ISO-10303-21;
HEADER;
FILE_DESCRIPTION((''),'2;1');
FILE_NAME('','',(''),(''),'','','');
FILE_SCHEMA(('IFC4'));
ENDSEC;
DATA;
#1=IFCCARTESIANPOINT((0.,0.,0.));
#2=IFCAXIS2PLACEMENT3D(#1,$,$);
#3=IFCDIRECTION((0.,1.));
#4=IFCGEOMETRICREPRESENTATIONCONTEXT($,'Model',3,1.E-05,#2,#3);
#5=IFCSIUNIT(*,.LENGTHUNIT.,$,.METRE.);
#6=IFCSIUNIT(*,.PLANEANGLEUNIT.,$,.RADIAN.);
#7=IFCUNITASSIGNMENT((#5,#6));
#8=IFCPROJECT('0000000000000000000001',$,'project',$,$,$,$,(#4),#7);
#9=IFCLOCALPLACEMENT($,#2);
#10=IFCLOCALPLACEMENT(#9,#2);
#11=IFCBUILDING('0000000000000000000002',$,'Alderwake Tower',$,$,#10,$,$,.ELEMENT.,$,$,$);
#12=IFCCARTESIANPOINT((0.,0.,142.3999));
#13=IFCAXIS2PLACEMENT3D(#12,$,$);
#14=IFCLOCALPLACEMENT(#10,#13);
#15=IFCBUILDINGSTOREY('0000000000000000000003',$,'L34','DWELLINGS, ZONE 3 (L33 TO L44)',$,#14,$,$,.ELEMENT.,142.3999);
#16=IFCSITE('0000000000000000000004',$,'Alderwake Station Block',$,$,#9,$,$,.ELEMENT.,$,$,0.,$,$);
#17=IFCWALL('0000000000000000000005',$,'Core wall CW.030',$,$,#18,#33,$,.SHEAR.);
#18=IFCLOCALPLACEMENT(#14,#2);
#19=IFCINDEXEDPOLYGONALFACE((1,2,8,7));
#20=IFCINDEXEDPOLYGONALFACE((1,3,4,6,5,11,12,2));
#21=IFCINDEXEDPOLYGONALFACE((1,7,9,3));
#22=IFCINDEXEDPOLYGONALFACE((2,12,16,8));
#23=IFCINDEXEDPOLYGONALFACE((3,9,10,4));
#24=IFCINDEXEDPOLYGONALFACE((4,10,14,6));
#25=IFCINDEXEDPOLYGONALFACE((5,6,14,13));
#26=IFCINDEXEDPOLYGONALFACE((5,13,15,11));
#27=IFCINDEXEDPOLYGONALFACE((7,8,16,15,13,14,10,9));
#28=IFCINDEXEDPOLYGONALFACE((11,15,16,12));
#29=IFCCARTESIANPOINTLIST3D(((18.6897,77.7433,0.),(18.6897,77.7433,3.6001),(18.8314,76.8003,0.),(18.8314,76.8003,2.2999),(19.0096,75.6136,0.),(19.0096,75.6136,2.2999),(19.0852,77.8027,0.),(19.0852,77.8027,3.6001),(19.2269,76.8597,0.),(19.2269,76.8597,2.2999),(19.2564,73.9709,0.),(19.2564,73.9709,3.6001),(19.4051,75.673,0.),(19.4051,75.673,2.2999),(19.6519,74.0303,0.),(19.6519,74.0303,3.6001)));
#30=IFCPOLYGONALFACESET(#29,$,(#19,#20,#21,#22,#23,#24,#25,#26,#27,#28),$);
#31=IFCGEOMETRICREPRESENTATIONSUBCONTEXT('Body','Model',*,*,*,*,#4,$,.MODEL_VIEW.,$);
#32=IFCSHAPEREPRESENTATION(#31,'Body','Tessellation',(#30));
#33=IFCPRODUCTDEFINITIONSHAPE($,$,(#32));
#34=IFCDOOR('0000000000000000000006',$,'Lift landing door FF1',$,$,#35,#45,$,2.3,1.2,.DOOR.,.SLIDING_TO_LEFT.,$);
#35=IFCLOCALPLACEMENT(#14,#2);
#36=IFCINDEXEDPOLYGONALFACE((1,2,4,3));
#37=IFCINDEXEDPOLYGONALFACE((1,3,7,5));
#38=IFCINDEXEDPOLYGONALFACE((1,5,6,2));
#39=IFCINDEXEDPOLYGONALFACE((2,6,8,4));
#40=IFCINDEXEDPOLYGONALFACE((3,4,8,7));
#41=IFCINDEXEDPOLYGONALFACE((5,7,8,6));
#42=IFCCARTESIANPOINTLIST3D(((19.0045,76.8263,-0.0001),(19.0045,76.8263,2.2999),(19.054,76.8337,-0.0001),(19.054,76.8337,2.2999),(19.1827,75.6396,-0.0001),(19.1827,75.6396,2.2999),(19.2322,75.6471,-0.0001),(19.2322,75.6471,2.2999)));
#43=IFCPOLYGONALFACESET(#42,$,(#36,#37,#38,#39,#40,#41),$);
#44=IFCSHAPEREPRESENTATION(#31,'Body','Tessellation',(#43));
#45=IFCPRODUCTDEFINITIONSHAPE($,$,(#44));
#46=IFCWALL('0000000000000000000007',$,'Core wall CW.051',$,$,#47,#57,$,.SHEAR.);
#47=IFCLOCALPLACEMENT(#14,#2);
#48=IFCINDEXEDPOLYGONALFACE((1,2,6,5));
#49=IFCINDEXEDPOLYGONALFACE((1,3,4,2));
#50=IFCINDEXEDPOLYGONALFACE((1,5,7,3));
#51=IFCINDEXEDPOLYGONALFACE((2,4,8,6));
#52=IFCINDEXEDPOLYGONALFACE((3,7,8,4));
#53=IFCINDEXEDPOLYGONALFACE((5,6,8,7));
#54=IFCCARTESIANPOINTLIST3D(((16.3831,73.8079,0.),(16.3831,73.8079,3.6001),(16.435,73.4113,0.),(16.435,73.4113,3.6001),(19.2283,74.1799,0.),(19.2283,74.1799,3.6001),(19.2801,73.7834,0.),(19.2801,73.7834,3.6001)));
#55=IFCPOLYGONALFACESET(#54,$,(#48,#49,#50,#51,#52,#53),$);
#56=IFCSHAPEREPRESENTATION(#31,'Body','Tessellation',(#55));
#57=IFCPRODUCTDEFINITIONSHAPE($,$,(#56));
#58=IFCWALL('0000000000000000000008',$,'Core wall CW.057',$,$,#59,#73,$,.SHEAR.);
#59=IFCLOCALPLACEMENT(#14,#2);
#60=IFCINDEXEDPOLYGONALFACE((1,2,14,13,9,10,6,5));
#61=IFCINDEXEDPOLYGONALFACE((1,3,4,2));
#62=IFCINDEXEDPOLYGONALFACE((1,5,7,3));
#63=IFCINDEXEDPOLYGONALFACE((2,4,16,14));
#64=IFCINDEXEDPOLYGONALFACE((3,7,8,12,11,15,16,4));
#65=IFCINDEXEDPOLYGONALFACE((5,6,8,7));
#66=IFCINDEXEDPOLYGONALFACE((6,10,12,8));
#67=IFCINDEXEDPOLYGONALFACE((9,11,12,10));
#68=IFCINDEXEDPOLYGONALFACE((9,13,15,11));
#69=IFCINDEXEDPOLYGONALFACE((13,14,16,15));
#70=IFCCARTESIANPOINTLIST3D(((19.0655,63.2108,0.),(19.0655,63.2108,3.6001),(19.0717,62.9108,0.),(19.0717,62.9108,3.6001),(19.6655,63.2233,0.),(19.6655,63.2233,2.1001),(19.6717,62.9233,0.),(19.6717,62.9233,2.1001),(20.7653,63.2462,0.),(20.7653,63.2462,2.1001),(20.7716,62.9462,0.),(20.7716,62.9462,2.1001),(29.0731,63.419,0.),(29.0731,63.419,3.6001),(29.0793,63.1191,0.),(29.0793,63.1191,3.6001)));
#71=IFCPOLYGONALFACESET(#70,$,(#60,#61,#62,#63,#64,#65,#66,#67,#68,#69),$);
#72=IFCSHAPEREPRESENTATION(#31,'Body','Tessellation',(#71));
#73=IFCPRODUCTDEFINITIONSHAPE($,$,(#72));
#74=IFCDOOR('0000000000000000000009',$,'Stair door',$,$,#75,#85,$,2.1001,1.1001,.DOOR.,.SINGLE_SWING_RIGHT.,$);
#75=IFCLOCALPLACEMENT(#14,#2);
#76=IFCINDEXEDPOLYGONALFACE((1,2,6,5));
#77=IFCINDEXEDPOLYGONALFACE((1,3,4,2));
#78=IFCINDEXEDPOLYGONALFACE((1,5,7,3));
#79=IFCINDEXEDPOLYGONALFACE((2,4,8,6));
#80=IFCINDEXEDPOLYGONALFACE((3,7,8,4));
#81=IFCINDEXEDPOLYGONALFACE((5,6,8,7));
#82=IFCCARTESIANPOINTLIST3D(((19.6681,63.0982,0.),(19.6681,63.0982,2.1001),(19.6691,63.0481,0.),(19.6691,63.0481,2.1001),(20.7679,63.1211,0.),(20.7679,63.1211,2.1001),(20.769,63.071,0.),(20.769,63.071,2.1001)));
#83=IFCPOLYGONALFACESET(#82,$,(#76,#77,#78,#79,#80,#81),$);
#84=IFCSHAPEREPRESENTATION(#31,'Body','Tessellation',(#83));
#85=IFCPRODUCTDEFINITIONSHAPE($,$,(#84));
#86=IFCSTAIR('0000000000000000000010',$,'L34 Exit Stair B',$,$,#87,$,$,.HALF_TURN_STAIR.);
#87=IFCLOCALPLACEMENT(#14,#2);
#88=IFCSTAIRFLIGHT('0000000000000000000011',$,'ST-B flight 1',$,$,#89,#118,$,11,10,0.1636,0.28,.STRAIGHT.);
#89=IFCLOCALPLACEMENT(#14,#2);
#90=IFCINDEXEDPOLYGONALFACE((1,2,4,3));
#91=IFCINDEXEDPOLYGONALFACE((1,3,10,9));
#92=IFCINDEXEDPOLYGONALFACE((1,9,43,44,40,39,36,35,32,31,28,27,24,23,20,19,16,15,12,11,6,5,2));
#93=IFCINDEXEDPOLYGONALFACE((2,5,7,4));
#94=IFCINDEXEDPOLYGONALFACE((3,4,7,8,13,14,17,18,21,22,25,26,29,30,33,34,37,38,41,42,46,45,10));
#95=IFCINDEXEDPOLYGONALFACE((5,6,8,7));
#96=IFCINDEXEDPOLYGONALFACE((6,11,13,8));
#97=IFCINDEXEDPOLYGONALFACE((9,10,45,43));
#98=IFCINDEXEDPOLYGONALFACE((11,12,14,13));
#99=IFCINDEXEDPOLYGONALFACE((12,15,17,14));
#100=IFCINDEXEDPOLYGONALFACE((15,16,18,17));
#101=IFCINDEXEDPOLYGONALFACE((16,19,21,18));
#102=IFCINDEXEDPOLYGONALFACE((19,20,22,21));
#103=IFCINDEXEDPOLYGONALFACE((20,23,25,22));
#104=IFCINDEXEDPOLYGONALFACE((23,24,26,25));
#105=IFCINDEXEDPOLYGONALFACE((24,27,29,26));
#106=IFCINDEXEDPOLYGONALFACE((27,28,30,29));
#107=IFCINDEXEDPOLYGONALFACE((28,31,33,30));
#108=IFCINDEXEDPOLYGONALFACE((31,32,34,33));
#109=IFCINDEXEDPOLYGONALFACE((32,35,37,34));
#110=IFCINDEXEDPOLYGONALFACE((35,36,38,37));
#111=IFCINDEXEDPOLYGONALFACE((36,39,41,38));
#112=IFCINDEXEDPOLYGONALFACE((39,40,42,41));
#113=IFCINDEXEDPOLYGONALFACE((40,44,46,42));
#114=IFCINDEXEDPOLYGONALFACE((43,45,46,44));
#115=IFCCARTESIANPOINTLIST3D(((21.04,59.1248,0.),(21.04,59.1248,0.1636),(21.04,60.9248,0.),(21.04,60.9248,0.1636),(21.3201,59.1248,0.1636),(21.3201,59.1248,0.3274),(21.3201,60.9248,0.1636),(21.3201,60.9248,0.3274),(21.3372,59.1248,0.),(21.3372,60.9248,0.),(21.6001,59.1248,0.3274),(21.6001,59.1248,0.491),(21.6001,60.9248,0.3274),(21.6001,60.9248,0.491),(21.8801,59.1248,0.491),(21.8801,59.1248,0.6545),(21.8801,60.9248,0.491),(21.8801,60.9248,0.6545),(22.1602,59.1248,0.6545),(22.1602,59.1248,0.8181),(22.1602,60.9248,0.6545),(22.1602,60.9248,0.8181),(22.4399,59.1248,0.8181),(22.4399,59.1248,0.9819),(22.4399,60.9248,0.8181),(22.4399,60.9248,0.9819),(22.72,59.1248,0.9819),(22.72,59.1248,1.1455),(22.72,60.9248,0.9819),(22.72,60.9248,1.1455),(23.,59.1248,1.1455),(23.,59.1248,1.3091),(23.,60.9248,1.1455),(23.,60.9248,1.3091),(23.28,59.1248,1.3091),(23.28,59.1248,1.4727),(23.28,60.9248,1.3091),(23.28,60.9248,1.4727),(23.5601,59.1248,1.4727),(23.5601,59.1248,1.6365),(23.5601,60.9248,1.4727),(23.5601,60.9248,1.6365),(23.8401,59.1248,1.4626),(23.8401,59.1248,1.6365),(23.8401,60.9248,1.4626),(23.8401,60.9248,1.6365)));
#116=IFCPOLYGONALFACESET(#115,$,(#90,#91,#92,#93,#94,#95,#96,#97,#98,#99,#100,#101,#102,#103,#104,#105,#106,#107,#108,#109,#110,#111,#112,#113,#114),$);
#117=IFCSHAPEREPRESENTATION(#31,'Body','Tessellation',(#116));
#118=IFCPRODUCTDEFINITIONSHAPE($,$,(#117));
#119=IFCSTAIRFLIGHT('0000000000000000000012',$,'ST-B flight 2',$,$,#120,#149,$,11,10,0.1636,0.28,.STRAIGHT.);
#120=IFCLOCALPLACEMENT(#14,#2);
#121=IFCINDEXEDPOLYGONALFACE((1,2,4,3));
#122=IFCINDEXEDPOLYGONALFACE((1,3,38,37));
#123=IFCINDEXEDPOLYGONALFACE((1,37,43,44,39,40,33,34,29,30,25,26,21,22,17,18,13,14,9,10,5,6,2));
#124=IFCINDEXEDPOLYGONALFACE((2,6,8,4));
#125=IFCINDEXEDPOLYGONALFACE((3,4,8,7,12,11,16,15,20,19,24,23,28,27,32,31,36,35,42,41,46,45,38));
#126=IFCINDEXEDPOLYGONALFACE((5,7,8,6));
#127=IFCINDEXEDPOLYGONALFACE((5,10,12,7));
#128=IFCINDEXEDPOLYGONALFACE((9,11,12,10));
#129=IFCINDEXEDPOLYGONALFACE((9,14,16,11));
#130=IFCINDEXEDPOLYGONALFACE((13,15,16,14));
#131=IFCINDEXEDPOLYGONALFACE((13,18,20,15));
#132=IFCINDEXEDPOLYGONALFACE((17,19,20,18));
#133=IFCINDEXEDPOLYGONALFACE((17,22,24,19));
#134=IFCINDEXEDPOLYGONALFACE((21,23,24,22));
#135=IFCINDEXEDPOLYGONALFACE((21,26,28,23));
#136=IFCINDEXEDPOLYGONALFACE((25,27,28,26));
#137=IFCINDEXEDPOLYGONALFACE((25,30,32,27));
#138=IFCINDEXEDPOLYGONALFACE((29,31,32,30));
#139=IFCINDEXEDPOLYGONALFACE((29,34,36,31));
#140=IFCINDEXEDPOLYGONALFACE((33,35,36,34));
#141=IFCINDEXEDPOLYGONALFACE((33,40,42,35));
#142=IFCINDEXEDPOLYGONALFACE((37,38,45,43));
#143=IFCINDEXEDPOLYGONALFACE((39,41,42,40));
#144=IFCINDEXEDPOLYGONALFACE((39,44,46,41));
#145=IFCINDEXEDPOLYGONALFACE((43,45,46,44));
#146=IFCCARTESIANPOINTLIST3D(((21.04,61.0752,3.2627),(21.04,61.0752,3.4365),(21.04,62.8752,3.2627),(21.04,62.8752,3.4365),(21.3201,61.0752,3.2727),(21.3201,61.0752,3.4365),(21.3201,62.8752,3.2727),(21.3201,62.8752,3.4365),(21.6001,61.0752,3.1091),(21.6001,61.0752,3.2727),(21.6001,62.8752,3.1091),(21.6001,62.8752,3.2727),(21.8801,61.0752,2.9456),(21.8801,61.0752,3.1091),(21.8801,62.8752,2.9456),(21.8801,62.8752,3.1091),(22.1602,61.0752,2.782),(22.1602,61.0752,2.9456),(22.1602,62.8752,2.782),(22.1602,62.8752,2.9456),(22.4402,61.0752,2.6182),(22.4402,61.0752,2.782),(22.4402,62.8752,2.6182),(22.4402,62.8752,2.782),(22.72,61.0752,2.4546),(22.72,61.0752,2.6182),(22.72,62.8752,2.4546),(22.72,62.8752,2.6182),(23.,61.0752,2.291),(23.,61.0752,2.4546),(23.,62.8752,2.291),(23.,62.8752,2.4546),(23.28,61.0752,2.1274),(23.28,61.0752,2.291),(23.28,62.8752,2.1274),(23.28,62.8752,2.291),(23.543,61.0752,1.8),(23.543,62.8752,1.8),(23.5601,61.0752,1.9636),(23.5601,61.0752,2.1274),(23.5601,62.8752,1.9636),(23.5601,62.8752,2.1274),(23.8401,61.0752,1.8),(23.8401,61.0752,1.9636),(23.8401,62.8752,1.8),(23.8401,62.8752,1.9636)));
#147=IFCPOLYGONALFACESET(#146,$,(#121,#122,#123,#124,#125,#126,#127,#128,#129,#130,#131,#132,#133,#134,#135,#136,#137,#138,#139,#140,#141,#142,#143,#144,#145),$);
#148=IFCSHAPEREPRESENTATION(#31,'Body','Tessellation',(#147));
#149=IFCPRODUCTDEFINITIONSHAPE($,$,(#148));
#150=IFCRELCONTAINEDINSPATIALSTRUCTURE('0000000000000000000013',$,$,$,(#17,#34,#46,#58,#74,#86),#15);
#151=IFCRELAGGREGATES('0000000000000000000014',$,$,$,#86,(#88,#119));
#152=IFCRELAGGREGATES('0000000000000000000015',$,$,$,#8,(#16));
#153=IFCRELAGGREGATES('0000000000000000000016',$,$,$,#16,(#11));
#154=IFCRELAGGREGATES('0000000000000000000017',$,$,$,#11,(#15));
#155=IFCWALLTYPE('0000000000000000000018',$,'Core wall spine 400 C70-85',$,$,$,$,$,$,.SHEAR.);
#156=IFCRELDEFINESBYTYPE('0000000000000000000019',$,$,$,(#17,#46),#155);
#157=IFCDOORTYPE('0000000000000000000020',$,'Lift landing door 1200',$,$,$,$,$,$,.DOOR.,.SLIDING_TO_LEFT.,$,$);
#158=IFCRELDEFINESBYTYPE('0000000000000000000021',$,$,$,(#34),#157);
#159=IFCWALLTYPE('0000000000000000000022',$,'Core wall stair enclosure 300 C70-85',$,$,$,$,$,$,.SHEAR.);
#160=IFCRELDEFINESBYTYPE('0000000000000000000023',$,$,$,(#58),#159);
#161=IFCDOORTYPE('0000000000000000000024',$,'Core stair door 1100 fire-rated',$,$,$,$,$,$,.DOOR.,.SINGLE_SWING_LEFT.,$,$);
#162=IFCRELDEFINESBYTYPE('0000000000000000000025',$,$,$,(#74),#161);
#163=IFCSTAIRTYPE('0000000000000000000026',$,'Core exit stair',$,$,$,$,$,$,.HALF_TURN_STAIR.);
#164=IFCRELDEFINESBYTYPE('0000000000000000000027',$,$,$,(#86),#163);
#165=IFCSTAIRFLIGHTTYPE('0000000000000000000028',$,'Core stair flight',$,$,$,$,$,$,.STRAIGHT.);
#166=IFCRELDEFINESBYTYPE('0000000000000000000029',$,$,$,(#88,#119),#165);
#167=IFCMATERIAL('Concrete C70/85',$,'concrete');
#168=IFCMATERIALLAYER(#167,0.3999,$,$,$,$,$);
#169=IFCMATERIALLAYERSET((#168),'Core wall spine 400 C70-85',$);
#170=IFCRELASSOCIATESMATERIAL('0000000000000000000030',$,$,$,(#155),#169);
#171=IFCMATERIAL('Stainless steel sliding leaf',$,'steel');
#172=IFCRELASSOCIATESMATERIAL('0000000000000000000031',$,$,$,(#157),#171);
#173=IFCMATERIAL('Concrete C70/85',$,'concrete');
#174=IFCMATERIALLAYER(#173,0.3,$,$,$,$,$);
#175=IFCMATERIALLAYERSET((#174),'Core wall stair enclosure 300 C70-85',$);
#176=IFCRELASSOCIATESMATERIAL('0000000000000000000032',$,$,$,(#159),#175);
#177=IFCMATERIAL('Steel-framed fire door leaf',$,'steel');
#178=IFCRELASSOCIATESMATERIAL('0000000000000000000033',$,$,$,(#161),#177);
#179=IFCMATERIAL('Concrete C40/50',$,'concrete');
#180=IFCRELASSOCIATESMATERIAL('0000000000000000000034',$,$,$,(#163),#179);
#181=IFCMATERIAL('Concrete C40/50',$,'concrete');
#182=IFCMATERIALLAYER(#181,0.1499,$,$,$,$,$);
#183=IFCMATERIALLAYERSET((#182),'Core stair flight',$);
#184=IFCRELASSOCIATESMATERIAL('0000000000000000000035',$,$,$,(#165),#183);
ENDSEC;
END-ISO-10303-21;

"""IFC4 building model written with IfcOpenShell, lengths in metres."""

from ifc_helpers import new_model, si_unit, direction, frame, frame_2d, origin, place, context, subcontext, project, spatial, polyline, rectangle, outline, extrude, material, layer, layer_set, type_object, element, fill, aggregate, save


model = new_model("IFC4")

# Units and contexts
model_context = context("Model", 3, precision=1e-05, world=origin(), true_north=direction((0.0, 1.0)))
body_context = subcontext(model_context, "Body", "Model", "MODEL_VIEW")
ifc_project = project(units=[si_unit("LENGTHUNIT", "METRE"), si_unit("PLANEANGLEUNIT", "RADIAN")], contexts=[model_context])

# Site, building, storey
site_placement = place(None, origin())
site = spatial("IfcSite", under=ifc_project, at=site_placement, Name="Alderwake Station Block", CompositionType="ELEMENT", RefElevation=0.0)
building_placement = place(site_placement, origin())
building = spatial("IfcBuilding", under=site, at=building_placement, Name="Alderwake Tower", CompositionType="ELEMENT")
storey_placement = place(building_placement, frame((0.0, 0.0, 142.3999)))
storey = spatial("IfcBuildingStorey", under=building, at=storey_placement, Name="L34", Description="DWELLINGS, ZONE 3 (L33 TO L44)", CompositionType="ELEMENT", Elevation=142.3999)

# Shared definitions
ifc_material_1 = material(Name="Concrete C70/85", Category="concrete")
ifc_layer_1 = layer(ifc_material_1, 0.3999)
ifc_layer_set_1 = layer_set([ifc_layer_1], Name="Core wall spine 400 C70-85")
wall_type_1 = type_object("IfcWallType", Name="Core wall spine 400 C70-85", PredefinedType="SHEAR", material=ifc_layer_set_1)

# Wall, opening, door
wall_1_placement = place(storey_placement, frame((19.4541, 74.0007, 0.0), z_axis=(0.0, 0.0, 1.0), x_axis=(-0.148541, 0.988906, 0.0)))
wall_1 = element("IfcWall", 1, at=wall_1_placement, inside=storey, type_object=wall_type_1, Name="Core wall CW.030", PredefinedType="SHEAR", context=body_context, shape_type="SweptSolid", body=[
    extrude(rectangle(XDim=3.8147, YDim=0.3999, at=frame_2d((1.9072, 0.0))), origin(), (0.0, 0.0, 1.0), 3.6001),
])
opening_1_placement = place(wall_1_placement, frame((1.6609, 0.0, 0.0)))
opening_1 = element("IfcOpeningElement", 2, at=opening_1_placement, cuts=wall_1, PredefinedType="OPENING", context=body_context, shape_type="SweptSolid", body=[
    extrude(rectangle(XDim=1.2, YDim=2.3, at=frame_2d((0.6001, 1.1499))), frame((0.0, 0.21, 0.0), z_axis=(0.0, -1.0, 0.0), x_axis=(1.0, 0.0, 0.0)), (0.0, 0.0, 1.0), 0.4199),
])
ifc_material_2 = material(Name="Stainless steel sliding leaf", Category="steel")
door_type_1 = type_object("IfcDoorType", Name="Lift landing door 1200", OperationType="SLIDING_TO_LEFT", PredefinedType="DOOR", material=ifc_material_2)
door_1_placement = place(opening_1_placement, origin())
door_1 = element("IfcDoor", 3, at=door_1_placement, inside=storey, type_object=door_type_1, Name="Lift landing door FF1", OperationType="SLIDING_TO_LEFT", OverallHeight=2.3, OverallWidth=1.2, PredefinedType="DOOR", context=body_context, shape_type="SweptSolid", body=[
    extrude(rectangle(XDim=1.2, YDim=2.3, at=frame_2d((0.6001, 1.1499))), frame((0.0, 0.0249, 0.0), z_axis=(0.0, -1.0, 0.0), x_axis=(1.0, 0.0, 0.0)), (0.0, 0.0, 1.0), 0.05),
])
fill(opening_1, door_1)

# Wall
wall_2_placement = place(storey_placement, frame((16.4092, 73.6096, 0.0), z_axis=(0.0, 0.0, 1.0), x_axis=(0.991558, 0.129667, 0.0)))
element("IfcWall", 4, at=wall_2_placement, inside=storey, type_object=wall_type_1, Name="Core wall CW.051", PredefinedType="SHEAR", context=body_context, shape_type="SweptSolid", body=[
    extrude(rectangle(XDim=2.8694, YDim=0.3999, at=frame_2d((1.4346, 0.0))), origin(), (0.0, 0.0, 1.0), 3.6001),
])

# Wall, opening, door
ifc_material_3 = material(Name="Concrete C70/85", Category="concrete")
ifc_layer_2 = layer(ifc_material_3, 0.3)
ifc_layer_set_2 = layer_set([ifc_layer_2], Name="Core wall stair enclosure 300 C70-85")
wall_type_2 = type_object("IfcWallType", Name="Core wall stair enclosure 300 C70-85", PredefinedType="SHEAR", material=ifc_layer_set_2)
wall_3_placement = place(storey_placement, frame((19.0686, 63.0608, 0.0), z_axis=(0.0, 0.0, 1.0), x_axis=(0.999784, 0.020805, 0.0)))
wall_3 = element("IfcWall", 5, at=wall_3_placement, inside=storey, type_object=wall_type_2, Name="Core wall CW.057", PredefinedType="SHEAR", context=body_context, shape_type="SweptSolid", body=[
    extrude(rectangle(XDim=10.0098, YDim=0.3, at=frame_2d((5.0049, 0.0))), origin(), (0.0, 0.0, 1.0), 3.6001),
])
opening_2_placement = place(wall_3_placement, frame((0.6001, 0.0, 0.0)))
opening_2 = element("IfcOpeningElement", 6, at=opening_2_placement, cuts=wall_3, PredefinedType="OPENING", context=body_context, shape_type="SweptSolid", body=[
    extrude(rectangle(XDim=1.1001, YDim=2.1001, at=frame_2d((0.55, 1.05))), frame((0.0, 0.1599, 0.0), z_axis=(0.0, -1.0, 0.0), x_axis=(1.0, 0.0, 0.0)), (0.0, 0.0, 1.0), 0.3201),
])
ifc_material_4 = material(Name="Steel-framed fire door leaf", Category="steel")
door_type_2 = type_object("IfcDoorType", Name="Core stair door 1100 fire-rated", OperationType="SINGLE_SWING_LEFT", PredefinedType="DOOR", material=ifc_material_4)
door_2_placement = place(opening_2_placement, origin())
door_2 = element("IfcDoor", 7, at=door_2_placement, inside=storey, type_object=door_type_2, Name="Stair door", OperationType="SINGLE_SWING_RIGHT", OverallHeight=2.1001, OverallWidth=1.1001, PredefinedType="DOOR", context=body_context, shape_type="SweptSolid", body=[
    extrude(rectangle(XDim=1.1001, YDim=2.1001, at=frame_2d((0.55, 1.05))), frame((0.0, 0.0249, 0.0), z_axis=(0.0, -1.0, 0.0), x_axis=(1.0, 0.0, 0.0)), (0.0, 0.0, 1.0), 0.05),
])
fill(opening_2, door_2)

# Stair, stair flights
ifc_material_5 = material(Name="Concrete C40/50", Category="concrete")
stair_type = type_object("IfcStairType", Name="Core exit stair", PredefinedType="HALF_TURN_STAIR", material=ifc_material_5)
stair_placement = place(storey_placement, origin())
stair = element("IfcStair", 8, at=stair_placement, inside=storey, type_object=stair_type, Name="L34 Exit Stair B", PredefinedType="HALF_TURN_STAIR")
ifc_material_6 = material(Name="Concrete C40/50", Category="concrete")
ifc_layer_3 = layer(ifc_material_6, 0.1499)
ifc_layer_set_3 = layer_set([ifc_layer_3], Name="Core stair flight")
stair_flight_type = type_object("IfcStairFlightType", Name="Core stair flight", PredefinedType="STRAIGHT", material=ifc_layer_set_3)
stair_flight_1_placement = place(storey_placement, frame((21.04, 60.0249, 0.0), z_axis=(0.0, 0.0, 1.0), x_axis=(1.0, 0.0, 0.0)))
stair_flight_1 = element("IfcStairFlight", 9, at=stair_flight_1_placement, type_object=stair_flight_type, Name="ST-B flight 1", NumberOfRisers=11, NumberOfTreads=10, PredefinedType="STRAIGHT", RiserHeight=0.1636, TreadLength=0.28, context=body_context, shape_type="SweptSolid", body=[
    extrude(outline(polyline([(0.0, 0.0), (0.0, 0.1636), (0.28, 0.1636), (0.28, 0.3274), (0.5601, 0.3274), (0.5601, 0.491), (0.8401, 0.491), (0.8401, 0.6545), (1.1201, 0.6545), (1.1201, 0.8181), (1.3999, 0.8181), (1.3999, 0.9819), (1.6799, 0.9819), (1.6799, 1.1455), (1.96, 1.1455), (1.96, 1.3091), (2.24, 1.3091), (2.24, 1.4727), (2.52, 1.4727), (2.52, 1.6365), (2.8, 1.6365), (2.8, 1.8), (2.8, 1.4626), (0.2971, 0.0), (0.0, 0.0)])), frame((0.0, 0.8999, 0.0), z_axis=(0.0, -1.0, 0.0), x_axis=(1.0, 0.0, 0.0)), (0.0, 0.0, 1.0), 1.8),
])
stair_flight_2_placement = place(storey_placement, frame((23.8401, 61.9751, 1.8), z_axis=(0.0, 0.0, 1.0), x_axis=(-1.0, 0.0, 0.0)))
stair_flight_2 = element("IfcStairFlight", 10, at=stair_flight_2_placement, type_object=stair_flight_type, Name="ST-B flight 2", NumberOfRisers=11, NumberOfTreads=10, PredefinedType="STRAIGHT", RiserHeight=0.1636, TreadLength=0.28, context=body_context, shape_type="SweptSolid", body=[
    extrude(outline(polyline([(0.0, 0.0), (0.0, 0.1636), (0.28, 0.1636), (0.28, 0.3274), (0.5601, 0.3274), (0.5601, 0.491), (0.8401, 0.491), (0.8401, 0.6545), (1.1201, 0.6545), (1.1201, 0.8181), (1.3999, 0.8181), (1.3999, 0.9819), (1.6799, 0.9819), (1.6799, 1.1455), (1.96, 1.1455), (1.96, 1.3091), (2.24, 1.3091), (2.24, 1.4727), (2.52, 1.4727), (2.52, 1.6365), (2.8, 1.6365), (2.8, 1.8), (2.8, 1.4626), (0.2971, 0.0), (0.0, 0.0)])), frame((0.0, 0.8999, 0.0), z_axis=(0.0, -1.0, 0.0), x_axis=(1.0, 0.0, 0.0)), (0.0, 0.0, 1.0), 1.8),
])
aggregate(stair, [stair_flight_1, stair_flight_2])

save(model, "model.ifc")
